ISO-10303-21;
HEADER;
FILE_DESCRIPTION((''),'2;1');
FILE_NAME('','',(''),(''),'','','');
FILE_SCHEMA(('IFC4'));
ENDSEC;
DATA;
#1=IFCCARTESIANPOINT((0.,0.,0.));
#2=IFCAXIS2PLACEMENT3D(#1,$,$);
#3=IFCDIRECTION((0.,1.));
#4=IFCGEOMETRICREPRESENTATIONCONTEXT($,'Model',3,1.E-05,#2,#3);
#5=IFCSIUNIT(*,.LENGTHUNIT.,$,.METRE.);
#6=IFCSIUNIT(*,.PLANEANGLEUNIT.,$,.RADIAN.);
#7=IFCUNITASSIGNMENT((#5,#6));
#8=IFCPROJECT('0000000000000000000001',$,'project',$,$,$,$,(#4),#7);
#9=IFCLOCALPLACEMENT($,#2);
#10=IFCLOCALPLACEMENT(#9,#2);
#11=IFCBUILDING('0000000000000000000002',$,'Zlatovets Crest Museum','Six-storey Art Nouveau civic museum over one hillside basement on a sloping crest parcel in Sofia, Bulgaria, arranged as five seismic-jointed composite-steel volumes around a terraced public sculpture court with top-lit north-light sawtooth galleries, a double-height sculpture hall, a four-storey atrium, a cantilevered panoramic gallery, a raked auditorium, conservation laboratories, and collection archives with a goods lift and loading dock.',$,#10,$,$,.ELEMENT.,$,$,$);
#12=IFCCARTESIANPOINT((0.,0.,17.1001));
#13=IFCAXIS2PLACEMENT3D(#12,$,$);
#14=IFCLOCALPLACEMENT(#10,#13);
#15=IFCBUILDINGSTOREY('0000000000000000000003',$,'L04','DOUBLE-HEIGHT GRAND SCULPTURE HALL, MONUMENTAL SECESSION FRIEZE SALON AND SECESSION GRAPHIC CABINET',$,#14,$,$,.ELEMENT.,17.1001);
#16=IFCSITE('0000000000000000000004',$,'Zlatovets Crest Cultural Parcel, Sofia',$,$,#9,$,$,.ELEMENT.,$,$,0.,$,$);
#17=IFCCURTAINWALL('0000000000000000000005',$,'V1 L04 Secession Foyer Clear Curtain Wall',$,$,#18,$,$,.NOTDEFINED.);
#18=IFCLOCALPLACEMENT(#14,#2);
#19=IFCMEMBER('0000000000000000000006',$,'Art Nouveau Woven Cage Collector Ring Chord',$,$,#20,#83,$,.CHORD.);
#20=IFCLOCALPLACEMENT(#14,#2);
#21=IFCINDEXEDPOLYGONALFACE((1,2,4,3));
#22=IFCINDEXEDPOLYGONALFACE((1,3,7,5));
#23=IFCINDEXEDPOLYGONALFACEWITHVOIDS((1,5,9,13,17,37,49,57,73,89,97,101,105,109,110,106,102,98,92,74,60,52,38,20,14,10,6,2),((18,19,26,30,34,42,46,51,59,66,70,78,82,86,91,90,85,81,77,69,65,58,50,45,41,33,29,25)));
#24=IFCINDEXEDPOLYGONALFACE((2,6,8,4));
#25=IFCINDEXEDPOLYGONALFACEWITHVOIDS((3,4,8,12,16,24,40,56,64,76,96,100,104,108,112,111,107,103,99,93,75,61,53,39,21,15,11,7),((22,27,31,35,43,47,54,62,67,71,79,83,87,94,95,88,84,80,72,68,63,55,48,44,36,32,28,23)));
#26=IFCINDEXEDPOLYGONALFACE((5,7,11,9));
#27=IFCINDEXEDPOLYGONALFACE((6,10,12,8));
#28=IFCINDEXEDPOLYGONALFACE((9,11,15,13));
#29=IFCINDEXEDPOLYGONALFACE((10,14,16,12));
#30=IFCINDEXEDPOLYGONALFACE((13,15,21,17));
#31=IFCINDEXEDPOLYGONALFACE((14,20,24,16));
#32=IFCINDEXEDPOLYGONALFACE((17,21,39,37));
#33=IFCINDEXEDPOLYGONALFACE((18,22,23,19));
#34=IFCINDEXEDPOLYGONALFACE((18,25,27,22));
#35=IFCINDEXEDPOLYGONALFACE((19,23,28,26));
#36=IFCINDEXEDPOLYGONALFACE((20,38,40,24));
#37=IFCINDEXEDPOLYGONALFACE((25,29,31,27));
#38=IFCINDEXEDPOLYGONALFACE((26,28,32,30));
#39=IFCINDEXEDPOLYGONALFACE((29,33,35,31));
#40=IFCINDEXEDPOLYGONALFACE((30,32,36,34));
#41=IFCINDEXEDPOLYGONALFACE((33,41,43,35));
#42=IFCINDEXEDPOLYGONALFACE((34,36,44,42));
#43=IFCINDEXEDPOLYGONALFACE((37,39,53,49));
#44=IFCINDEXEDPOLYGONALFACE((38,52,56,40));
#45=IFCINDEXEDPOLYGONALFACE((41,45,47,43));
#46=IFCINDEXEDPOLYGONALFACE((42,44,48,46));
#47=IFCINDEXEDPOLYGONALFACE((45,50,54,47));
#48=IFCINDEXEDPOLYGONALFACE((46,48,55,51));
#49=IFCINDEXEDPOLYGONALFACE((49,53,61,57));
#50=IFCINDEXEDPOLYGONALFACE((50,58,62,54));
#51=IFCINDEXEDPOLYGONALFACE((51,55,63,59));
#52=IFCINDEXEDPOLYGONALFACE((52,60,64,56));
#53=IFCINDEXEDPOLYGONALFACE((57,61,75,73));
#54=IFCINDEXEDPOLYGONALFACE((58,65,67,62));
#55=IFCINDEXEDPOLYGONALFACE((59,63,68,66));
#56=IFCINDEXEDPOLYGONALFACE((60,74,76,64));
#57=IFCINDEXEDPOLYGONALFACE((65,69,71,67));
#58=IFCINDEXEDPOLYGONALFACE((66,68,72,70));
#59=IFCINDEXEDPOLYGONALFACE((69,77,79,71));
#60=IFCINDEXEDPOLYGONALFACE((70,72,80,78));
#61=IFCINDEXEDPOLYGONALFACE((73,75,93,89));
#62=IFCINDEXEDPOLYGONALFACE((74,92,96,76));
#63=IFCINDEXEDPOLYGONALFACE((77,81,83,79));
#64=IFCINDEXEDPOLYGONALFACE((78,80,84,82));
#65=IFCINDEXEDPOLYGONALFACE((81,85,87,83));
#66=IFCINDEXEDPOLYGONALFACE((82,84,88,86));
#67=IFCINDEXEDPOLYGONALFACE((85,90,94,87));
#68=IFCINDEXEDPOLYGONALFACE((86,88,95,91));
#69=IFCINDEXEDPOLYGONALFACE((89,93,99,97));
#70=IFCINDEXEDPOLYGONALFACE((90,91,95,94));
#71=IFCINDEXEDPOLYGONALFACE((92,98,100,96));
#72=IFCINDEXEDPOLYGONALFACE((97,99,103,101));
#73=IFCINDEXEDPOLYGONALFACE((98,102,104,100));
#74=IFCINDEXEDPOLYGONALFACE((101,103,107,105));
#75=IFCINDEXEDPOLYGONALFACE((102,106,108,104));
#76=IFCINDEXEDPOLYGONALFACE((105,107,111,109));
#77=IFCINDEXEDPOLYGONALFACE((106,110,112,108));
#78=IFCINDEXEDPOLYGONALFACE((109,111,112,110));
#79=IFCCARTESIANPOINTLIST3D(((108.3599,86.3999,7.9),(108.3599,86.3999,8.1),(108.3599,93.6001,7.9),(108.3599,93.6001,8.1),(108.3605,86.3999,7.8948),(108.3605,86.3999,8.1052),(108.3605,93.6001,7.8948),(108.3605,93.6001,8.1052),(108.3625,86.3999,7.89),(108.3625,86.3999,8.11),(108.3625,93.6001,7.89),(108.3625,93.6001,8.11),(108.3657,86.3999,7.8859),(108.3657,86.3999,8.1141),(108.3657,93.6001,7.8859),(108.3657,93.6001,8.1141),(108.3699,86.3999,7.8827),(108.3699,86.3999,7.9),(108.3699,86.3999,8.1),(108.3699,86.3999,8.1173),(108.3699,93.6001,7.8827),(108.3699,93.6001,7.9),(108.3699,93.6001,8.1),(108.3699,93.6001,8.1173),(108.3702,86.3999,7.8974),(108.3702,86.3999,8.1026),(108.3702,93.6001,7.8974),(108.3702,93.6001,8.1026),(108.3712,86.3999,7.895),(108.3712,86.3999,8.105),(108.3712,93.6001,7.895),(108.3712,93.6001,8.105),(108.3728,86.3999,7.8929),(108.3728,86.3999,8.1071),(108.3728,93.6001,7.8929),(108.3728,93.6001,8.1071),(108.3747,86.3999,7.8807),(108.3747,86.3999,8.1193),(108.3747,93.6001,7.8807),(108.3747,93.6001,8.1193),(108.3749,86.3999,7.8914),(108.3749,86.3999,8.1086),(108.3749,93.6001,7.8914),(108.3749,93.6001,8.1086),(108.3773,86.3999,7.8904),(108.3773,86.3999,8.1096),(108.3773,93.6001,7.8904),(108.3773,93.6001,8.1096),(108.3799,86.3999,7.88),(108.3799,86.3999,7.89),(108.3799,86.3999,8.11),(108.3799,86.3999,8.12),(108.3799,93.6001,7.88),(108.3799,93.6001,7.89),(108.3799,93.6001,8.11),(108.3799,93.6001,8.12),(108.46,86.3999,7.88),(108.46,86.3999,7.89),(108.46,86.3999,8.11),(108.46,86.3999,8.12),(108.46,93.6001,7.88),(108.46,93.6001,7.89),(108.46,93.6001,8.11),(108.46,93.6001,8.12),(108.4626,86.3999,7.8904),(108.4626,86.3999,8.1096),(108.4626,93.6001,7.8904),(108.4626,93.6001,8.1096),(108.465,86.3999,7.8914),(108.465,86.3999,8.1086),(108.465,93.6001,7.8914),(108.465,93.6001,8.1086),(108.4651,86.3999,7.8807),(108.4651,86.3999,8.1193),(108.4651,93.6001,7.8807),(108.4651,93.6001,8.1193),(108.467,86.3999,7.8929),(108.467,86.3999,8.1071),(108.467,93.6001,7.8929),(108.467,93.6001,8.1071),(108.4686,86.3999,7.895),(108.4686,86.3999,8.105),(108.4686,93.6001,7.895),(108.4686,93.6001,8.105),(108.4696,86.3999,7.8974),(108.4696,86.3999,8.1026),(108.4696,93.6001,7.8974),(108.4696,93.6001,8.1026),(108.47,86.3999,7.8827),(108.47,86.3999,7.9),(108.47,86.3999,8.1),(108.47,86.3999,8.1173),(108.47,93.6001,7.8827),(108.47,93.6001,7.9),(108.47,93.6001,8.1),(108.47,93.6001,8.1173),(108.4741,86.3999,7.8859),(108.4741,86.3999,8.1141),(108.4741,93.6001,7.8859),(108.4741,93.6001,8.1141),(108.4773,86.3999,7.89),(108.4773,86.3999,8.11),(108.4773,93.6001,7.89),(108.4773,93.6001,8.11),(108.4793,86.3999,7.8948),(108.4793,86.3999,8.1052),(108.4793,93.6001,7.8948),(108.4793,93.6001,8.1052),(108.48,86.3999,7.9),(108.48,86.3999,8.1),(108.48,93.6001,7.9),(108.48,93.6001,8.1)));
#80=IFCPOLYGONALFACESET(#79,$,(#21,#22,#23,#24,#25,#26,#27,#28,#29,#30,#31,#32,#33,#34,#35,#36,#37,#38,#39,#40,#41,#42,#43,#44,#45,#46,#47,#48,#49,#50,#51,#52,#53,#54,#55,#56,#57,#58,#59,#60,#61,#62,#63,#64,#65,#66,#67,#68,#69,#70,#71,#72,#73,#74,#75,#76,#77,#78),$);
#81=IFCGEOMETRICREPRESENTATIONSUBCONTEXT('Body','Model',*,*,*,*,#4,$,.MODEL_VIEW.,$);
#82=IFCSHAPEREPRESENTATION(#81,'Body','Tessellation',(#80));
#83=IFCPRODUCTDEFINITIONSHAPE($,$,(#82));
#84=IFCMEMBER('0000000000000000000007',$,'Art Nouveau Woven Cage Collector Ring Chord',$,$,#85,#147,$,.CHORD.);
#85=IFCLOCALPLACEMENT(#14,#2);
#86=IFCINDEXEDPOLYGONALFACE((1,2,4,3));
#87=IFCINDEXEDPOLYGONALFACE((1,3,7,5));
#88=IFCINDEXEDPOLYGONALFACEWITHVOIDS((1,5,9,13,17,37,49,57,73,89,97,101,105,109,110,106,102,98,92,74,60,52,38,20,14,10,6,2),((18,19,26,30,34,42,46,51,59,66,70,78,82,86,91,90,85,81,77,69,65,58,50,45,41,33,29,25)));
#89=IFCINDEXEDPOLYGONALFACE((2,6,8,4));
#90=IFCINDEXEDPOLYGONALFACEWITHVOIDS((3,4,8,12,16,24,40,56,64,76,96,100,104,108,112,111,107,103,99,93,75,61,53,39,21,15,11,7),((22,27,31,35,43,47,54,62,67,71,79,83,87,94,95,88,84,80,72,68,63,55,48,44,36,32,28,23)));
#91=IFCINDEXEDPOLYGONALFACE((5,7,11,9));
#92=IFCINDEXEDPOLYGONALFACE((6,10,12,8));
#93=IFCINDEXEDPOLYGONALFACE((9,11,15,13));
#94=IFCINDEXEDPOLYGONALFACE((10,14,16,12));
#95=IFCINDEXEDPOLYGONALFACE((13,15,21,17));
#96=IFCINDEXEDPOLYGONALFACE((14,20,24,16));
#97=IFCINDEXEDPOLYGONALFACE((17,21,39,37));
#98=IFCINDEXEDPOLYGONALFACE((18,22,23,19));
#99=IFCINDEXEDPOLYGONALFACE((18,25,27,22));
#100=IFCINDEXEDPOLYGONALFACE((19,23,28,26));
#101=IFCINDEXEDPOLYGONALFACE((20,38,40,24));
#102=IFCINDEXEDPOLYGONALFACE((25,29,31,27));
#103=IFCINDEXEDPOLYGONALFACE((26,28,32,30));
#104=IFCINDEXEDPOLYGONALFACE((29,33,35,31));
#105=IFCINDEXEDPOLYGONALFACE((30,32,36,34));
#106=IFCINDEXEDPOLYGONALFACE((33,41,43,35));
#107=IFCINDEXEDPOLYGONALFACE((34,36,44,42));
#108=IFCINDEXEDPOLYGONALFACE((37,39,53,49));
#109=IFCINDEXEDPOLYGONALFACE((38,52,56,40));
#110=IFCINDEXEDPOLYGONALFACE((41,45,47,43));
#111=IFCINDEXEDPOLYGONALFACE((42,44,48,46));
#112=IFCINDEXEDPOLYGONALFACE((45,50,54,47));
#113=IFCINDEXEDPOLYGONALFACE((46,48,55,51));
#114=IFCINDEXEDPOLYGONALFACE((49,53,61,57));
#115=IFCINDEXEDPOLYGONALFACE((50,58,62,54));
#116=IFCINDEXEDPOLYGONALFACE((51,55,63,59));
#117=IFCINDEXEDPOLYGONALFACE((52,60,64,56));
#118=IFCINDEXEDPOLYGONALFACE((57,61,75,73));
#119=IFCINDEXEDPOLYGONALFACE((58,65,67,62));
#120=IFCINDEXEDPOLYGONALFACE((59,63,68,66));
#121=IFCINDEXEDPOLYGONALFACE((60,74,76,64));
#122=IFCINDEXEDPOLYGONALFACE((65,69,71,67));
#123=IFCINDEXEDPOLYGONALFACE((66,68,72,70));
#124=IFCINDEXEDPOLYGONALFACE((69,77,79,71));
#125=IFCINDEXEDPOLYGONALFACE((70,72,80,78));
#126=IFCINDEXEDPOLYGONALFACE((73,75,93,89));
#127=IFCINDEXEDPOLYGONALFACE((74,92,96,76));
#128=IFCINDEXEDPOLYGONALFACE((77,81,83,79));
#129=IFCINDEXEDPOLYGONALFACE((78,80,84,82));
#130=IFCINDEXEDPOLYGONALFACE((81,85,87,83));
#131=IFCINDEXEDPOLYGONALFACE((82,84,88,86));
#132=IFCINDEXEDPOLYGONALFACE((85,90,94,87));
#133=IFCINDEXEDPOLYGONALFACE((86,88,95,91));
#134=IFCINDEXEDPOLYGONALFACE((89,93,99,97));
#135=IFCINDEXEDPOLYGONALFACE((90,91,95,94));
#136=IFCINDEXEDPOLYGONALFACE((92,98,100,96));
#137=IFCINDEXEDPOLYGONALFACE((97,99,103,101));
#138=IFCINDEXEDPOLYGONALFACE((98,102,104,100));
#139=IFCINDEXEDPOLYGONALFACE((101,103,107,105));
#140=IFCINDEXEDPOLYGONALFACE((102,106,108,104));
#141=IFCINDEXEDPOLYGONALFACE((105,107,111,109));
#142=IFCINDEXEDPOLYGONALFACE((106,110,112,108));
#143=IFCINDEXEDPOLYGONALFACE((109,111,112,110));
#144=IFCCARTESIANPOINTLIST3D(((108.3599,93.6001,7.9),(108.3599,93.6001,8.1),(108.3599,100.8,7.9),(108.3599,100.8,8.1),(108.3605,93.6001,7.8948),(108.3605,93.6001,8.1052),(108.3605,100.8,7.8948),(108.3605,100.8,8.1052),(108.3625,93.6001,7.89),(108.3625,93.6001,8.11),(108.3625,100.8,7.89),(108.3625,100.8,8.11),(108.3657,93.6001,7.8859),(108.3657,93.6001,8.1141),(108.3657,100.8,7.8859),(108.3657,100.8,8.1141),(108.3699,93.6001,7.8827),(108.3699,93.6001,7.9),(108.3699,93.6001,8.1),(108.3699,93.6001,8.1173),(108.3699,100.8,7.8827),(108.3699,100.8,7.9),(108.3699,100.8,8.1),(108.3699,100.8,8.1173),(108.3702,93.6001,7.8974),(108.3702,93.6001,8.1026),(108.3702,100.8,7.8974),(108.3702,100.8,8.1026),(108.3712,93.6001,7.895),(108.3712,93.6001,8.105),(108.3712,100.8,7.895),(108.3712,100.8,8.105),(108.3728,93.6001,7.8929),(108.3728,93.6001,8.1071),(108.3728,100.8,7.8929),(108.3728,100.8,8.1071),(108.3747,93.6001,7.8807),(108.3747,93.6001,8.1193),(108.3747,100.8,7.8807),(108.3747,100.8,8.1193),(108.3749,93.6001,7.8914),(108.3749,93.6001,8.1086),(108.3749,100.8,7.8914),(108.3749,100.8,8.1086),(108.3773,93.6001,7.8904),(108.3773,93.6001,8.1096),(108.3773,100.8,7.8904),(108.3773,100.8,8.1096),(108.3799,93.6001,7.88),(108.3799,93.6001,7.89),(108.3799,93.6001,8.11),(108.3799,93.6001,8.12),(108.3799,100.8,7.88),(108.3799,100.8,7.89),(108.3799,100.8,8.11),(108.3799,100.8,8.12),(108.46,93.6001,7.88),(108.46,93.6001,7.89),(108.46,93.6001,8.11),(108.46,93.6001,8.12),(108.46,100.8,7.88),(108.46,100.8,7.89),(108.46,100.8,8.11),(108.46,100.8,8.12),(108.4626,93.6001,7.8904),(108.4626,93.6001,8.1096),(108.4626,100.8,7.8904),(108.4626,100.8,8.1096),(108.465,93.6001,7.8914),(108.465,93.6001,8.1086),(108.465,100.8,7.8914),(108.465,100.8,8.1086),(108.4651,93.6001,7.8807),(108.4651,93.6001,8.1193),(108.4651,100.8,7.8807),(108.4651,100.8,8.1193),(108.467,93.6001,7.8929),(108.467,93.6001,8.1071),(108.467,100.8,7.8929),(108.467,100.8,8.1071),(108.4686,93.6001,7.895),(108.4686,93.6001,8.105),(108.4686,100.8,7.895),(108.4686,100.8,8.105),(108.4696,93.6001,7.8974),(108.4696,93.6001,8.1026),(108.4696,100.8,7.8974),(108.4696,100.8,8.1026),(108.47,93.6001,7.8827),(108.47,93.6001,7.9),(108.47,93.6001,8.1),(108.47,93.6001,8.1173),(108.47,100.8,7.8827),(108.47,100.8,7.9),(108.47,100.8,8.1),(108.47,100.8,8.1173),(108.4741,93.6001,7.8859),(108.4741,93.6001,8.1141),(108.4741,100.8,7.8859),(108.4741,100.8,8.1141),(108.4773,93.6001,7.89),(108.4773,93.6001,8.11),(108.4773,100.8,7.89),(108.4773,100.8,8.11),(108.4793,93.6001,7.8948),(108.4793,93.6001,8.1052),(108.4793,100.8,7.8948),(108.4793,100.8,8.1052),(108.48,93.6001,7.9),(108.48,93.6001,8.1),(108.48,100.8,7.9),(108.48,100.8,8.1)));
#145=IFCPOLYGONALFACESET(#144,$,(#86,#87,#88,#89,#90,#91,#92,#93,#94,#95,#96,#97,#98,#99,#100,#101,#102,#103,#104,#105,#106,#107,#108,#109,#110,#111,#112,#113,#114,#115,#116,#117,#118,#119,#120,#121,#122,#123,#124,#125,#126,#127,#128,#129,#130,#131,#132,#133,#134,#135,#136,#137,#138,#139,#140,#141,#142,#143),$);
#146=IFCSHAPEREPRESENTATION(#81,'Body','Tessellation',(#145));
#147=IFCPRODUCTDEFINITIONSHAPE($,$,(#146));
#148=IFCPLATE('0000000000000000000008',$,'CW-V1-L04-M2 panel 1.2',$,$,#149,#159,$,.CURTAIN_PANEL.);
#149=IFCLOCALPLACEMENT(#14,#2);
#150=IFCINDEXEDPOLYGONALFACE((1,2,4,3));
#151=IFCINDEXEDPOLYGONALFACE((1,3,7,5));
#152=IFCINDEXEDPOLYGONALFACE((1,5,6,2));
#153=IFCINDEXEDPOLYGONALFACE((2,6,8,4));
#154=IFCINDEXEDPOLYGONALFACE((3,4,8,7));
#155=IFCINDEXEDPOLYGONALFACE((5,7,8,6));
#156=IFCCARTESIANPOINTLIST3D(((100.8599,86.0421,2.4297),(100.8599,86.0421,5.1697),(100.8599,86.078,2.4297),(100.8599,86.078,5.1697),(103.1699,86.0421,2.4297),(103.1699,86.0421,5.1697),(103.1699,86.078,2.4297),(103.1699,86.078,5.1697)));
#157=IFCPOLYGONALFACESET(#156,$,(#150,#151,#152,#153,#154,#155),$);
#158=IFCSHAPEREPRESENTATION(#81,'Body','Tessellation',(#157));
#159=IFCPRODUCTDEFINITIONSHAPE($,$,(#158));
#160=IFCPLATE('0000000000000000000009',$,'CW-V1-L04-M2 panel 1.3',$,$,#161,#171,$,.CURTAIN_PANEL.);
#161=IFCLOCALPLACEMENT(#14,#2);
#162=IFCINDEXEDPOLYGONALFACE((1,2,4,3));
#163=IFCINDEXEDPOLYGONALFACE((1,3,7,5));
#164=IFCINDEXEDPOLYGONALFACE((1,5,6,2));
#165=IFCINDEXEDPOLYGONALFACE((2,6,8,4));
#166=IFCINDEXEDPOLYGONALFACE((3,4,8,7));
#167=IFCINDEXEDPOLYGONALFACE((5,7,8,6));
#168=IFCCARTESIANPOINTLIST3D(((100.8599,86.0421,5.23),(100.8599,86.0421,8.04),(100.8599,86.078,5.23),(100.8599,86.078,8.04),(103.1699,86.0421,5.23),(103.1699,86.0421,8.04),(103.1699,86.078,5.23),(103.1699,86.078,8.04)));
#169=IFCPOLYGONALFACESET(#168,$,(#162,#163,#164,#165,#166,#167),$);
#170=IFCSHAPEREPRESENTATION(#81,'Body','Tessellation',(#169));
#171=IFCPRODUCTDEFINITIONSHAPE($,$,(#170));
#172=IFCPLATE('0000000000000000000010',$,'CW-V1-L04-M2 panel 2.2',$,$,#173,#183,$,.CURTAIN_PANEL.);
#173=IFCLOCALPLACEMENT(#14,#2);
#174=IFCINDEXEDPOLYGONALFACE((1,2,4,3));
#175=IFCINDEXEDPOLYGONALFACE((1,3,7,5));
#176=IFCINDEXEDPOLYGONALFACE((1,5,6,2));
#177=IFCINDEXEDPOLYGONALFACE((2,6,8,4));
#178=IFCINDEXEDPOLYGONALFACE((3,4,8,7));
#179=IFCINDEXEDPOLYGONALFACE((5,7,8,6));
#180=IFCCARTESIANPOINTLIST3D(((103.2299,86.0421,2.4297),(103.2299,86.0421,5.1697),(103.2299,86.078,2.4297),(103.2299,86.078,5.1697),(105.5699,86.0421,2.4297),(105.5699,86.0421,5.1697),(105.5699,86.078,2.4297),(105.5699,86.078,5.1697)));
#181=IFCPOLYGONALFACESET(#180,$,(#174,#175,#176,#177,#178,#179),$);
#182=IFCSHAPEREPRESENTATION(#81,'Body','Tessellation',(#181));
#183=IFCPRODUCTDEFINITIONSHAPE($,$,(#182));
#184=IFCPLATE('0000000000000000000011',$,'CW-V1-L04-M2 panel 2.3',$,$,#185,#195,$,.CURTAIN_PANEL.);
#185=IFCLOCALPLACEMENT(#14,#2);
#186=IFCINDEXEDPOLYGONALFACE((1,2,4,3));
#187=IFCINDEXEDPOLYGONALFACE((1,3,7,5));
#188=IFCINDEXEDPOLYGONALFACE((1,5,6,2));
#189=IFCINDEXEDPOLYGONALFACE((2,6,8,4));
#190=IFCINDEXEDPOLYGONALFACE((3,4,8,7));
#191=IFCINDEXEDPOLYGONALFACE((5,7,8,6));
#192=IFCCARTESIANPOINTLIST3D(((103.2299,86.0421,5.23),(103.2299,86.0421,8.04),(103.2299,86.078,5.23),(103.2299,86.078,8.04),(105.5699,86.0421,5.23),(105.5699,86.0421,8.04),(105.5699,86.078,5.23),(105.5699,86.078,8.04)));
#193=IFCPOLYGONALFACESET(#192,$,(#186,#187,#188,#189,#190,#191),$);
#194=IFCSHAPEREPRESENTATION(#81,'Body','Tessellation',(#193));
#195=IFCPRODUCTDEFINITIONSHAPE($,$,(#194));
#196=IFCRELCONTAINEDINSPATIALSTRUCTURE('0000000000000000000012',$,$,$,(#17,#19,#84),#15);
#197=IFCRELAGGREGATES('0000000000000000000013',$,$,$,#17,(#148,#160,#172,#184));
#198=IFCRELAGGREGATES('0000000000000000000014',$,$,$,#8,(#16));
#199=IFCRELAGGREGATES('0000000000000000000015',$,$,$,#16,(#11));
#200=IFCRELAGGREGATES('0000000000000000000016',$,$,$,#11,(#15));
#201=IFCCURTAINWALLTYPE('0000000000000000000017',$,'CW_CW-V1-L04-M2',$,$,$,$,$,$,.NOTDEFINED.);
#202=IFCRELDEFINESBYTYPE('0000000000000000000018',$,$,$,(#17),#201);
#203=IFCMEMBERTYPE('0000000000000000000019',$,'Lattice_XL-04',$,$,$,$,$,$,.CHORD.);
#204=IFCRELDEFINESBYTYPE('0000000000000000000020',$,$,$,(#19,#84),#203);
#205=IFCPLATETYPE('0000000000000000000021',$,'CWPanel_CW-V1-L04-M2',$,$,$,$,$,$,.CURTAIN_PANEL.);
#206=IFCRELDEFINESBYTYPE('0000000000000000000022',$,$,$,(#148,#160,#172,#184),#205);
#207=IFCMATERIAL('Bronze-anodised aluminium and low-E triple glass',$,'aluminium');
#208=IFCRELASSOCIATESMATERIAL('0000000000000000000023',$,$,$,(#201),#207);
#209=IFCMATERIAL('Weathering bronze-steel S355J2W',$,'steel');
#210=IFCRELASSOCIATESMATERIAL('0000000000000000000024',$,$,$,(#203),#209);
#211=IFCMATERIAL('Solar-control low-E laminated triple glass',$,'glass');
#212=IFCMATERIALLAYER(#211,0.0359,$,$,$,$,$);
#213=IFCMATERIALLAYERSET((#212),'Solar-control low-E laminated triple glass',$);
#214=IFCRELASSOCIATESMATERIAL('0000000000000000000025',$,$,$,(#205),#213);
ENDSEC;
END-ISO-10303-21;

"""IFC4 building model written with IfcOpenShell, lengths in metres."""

from ifc_helpers import new_model, si_unit, direction, frame, origin, origin_2d, place, context, subcontext, project, spatial, rectangle, hollow_rectangle, extrude, material, layer, layer_set, material_profile, profile_set, type_object, element, aggregate, save


model = new_model("IFC4")

# Units and contexts
model_context = context("Model", 3, precision=1e-05, world=origin(), true_north=direction((0.0, 1.0)))
body_context = subcontext(model_context, "Body", "Model", "MODEL_VIEW")
ifc_project = project(units=[si_unit("LENGTHUNIT", "METRE"), si_unit("PLANEANGLEUNIT", "RADIAN")], contexts=[model_context])

# Site, building, storey
site_placement = place(None, origin())
site = spatial("IfcSite", under=ifc_project, at=site_placement, Name="Zlatovets Crest Cultural Parcel, Sofia", CompositionType="ELEMENT", RefElevation=0.0)
building_placement = place(site_placement, origin())
building = spatial("IfcBuilding", under=site, at=building_placement, Name="Zlatovets Crest Museum", Description="Six-storey Art Nouveau civic museum over one hillside basement on a sloping crest parcel in Sofia, Bulgaria, arranged as five seismic-jointed composite-steel volumes around a terraced public sculpture court with top-lit north-light sawtooth galleries, a double-height sculpture hall, a four-storey atrium, a cantilevered panoramic gallery, a raked auditorium, conservation laboratories, and collection archives with a goods lift and loading dock.", CompositionType="ELEMENT")
storey_placement = place(building_placement, frame((0.0, 0.0, 17.1001)))
storey = spatial("IfcBuildingStorey", under=building, at=storey_placement, Name="L04", Description="DOUBLE-HEIGHT GRAND SCULPTURE HALL, MONUMENTAL SECESSION FRIEZE SALON AND SECESSION GRAPHIC CABINET", CompositionType="ELEMENT", Elevation=17.1001)

# Curtain wall
ifc_material_1 = material(Name="Bronze-anodised aluminium and low-E triple glass", Category="aluminium")
curtain_wall_type = type_object("IfcCurtainWallType", Name="CW_CW-V1-L04-M2", PredefinedType="NOTDEFINED", material=ifc_material_1)
curtain_wall_placement = place(storey_placement, origin())
curtain_wall = element("IfcCurtainWall", 1, at=curtain_wall_placement, inside=storey, type_object=curtain_wall_type, Name="V1 L04 Secession Foyer Clear Curtain Wall", PredefinedType="NOTDEFINED")

# Members
ifc_material_2 = material(Name="Weathering bronze-steel S355J2W", Category="steel")
ifc_material_profile_1 = material_profile(ifc_material_2, hollow_rectangle(XDim=0.1201, YDim=0.24, WallThickness=0.01, InnerFilletRadius=0.01, OuterFilletRadius=0.02, at=origin_2d()), Name="RHS 120x240x10.0")
ifc_profile_set_1 = profile_set([ifc_material_profile_1], Name="Weathering bronze-steel S355J2W")
member_type_1 = type_object("IfcMemberType", Name="Lattice_XL-04", PredefinedType="CHORD", material=ifc_profile_set_1)
member_1_placement = place(storey_placement, frame((108.4199, 86.3999, 8.0), z_axis=(0.0, 1.0, 0.0), x_axis=(-1.0, 0.0, 0.0)))
element("IfcMember", 2, at=member_1_placement, inside=storey, type_object=member_type_1, Name="Art Nouveau Woven Cage Collector Ring Chord", PredefinedType="CHORD", context=body_context, shape_type="SweptSolid", body=[
    extrude(hollow_rectangle(XDim=0.1201, YDim=0.24, WallThickness=0.01, InnerFilletRadius=0.01, OuterFilletRadius=0.02, at=origin_2d()), origin(), (0.0, 0.0, 1.0), 7.2002),
])
member_2_placement = place(storey_placement, frame((108.4199, 93.6001, 8.0), z_axis=(0.0, 1.0, 0.0), x_axis=(-1.0, 0.0, 0.0)))
element("IfcMember", 3, at=member_2_placement, inside=storey, type_object=member_type_1, Name="Art Nouveau Woven Cage Collector Ring Chord", PredefinedType="CHORD", context=body_context, shape_type="SweptSolid", body=[
    extrude(hollow_rectangle(XDim=0.1201, YDim=0.24, WallThickness=0.01, InnerFilletRadius=0.01, OuterFilletRadius=0.02, at=origin_2d()), origin(), (0.0, 0.0, 1.0), 7.2),
])

# Plates
ifc_material_3 = material(Name="Solar-control low-E laminated triple glass", Category="glass")
ifc_layer_1 = layer(ifc_material_3, 0.0359)
ifc_layer_set_1 = layer_set([ifc_layer_1], Name="Solar-control low-E laminated triple glass")
plate_type_1 = type_object("IfcPlateType", Name="CWPanel_CW-V1-L04-M2", PredefinedType="CURTAIN_PANEL", material=ifc_layer_set_1)
plate_1_placement = place(storey_placement, frame((102.0149, 86.0601, 2.4297), z_axis=(0.0, 0.0, 1.0), x_axis=(1.0, 0.0, 0.0)))
plate_1 = element("IfcPlate", 4, at=plate_1_placement, type_object=plate_type_1, Name="CW-V1-L04-M2 panel 1.2", PredefinedType="CURTAIN_PANEL", context=body_context, shape_type="SweptSolid", body=[
    extrude(rectangle(XDim=2.3101, YDim=0.0359, at=origin_2d()), origin(), (0.0, 0.0, 1.0), 2.74),
])
plate_2_placement = place(storey_placement, frame((102.0149, 86.0601, 5.23), z_axis=(0.0, 0.0, 1.0), x_axis=(1.0, 0.0, 0.0)))
plate_2 = element("IfcPlate", 5, at=plate_2_placement, type_object=plate_type_1, Name="CW-V1-L04-M2 panel 1.3", PredefinedType="CURTAIN_PANEL", context=body_context, shape_type="SweptSolid", body=[
    extrude(rectangle(XDim=2.3101, YDim=0.0359, at=origin_2d()), origin(), (0.0, 0.0, 1.0), 2.8101),
])
plate_3_placement = place(storey_placement, frame((104.3999, 86.0601, 2.4297), z_axis=(0.0, 0.0, 1.0), x_axis=(1.0, 0.0, 0.0)))
plate_3 = element("IfcPlate", 6, at=plate_3_placement, type_object=plate_type_1, Name="CW-V1-L04-M2 panel 2.2", PredefinedType="CURTAIN_PANEL", context=body_context, shape_type="SweptSolid", body=[
    extrude(rectangle(XDim=2.3401, YDim=0.0359, at=origin_2d()), origin(), (0.0, 0.0, 1.0), 2.74),
])
plate_4_placement = place(storey_placement, frame((104.3999, 86.0601, 5.23), z_axis=(0.0, 0.0, 1.0), x_axis=(1.0, 0.0, 0.0)))
plate_4 = element("IfcPlate", 7, at=plate_4_placement, type_object=plate_type_1, Name="CW-V1-L04-M2 panel 2.3", PredefinedType="CURTAIN_PANEL", context=body_context, shape_type="SweptSolid", body=[
    extrude(rectangle(XDim=2.3401, YDim=0.0359, at=origin_2d()), origin(), (0.0, 0.0, 1.0), 2.8101),
])
aggregate(curtain_wall, [plate_1, plate_2, plate_3, plate_4])

save(model, "model.ifc")
